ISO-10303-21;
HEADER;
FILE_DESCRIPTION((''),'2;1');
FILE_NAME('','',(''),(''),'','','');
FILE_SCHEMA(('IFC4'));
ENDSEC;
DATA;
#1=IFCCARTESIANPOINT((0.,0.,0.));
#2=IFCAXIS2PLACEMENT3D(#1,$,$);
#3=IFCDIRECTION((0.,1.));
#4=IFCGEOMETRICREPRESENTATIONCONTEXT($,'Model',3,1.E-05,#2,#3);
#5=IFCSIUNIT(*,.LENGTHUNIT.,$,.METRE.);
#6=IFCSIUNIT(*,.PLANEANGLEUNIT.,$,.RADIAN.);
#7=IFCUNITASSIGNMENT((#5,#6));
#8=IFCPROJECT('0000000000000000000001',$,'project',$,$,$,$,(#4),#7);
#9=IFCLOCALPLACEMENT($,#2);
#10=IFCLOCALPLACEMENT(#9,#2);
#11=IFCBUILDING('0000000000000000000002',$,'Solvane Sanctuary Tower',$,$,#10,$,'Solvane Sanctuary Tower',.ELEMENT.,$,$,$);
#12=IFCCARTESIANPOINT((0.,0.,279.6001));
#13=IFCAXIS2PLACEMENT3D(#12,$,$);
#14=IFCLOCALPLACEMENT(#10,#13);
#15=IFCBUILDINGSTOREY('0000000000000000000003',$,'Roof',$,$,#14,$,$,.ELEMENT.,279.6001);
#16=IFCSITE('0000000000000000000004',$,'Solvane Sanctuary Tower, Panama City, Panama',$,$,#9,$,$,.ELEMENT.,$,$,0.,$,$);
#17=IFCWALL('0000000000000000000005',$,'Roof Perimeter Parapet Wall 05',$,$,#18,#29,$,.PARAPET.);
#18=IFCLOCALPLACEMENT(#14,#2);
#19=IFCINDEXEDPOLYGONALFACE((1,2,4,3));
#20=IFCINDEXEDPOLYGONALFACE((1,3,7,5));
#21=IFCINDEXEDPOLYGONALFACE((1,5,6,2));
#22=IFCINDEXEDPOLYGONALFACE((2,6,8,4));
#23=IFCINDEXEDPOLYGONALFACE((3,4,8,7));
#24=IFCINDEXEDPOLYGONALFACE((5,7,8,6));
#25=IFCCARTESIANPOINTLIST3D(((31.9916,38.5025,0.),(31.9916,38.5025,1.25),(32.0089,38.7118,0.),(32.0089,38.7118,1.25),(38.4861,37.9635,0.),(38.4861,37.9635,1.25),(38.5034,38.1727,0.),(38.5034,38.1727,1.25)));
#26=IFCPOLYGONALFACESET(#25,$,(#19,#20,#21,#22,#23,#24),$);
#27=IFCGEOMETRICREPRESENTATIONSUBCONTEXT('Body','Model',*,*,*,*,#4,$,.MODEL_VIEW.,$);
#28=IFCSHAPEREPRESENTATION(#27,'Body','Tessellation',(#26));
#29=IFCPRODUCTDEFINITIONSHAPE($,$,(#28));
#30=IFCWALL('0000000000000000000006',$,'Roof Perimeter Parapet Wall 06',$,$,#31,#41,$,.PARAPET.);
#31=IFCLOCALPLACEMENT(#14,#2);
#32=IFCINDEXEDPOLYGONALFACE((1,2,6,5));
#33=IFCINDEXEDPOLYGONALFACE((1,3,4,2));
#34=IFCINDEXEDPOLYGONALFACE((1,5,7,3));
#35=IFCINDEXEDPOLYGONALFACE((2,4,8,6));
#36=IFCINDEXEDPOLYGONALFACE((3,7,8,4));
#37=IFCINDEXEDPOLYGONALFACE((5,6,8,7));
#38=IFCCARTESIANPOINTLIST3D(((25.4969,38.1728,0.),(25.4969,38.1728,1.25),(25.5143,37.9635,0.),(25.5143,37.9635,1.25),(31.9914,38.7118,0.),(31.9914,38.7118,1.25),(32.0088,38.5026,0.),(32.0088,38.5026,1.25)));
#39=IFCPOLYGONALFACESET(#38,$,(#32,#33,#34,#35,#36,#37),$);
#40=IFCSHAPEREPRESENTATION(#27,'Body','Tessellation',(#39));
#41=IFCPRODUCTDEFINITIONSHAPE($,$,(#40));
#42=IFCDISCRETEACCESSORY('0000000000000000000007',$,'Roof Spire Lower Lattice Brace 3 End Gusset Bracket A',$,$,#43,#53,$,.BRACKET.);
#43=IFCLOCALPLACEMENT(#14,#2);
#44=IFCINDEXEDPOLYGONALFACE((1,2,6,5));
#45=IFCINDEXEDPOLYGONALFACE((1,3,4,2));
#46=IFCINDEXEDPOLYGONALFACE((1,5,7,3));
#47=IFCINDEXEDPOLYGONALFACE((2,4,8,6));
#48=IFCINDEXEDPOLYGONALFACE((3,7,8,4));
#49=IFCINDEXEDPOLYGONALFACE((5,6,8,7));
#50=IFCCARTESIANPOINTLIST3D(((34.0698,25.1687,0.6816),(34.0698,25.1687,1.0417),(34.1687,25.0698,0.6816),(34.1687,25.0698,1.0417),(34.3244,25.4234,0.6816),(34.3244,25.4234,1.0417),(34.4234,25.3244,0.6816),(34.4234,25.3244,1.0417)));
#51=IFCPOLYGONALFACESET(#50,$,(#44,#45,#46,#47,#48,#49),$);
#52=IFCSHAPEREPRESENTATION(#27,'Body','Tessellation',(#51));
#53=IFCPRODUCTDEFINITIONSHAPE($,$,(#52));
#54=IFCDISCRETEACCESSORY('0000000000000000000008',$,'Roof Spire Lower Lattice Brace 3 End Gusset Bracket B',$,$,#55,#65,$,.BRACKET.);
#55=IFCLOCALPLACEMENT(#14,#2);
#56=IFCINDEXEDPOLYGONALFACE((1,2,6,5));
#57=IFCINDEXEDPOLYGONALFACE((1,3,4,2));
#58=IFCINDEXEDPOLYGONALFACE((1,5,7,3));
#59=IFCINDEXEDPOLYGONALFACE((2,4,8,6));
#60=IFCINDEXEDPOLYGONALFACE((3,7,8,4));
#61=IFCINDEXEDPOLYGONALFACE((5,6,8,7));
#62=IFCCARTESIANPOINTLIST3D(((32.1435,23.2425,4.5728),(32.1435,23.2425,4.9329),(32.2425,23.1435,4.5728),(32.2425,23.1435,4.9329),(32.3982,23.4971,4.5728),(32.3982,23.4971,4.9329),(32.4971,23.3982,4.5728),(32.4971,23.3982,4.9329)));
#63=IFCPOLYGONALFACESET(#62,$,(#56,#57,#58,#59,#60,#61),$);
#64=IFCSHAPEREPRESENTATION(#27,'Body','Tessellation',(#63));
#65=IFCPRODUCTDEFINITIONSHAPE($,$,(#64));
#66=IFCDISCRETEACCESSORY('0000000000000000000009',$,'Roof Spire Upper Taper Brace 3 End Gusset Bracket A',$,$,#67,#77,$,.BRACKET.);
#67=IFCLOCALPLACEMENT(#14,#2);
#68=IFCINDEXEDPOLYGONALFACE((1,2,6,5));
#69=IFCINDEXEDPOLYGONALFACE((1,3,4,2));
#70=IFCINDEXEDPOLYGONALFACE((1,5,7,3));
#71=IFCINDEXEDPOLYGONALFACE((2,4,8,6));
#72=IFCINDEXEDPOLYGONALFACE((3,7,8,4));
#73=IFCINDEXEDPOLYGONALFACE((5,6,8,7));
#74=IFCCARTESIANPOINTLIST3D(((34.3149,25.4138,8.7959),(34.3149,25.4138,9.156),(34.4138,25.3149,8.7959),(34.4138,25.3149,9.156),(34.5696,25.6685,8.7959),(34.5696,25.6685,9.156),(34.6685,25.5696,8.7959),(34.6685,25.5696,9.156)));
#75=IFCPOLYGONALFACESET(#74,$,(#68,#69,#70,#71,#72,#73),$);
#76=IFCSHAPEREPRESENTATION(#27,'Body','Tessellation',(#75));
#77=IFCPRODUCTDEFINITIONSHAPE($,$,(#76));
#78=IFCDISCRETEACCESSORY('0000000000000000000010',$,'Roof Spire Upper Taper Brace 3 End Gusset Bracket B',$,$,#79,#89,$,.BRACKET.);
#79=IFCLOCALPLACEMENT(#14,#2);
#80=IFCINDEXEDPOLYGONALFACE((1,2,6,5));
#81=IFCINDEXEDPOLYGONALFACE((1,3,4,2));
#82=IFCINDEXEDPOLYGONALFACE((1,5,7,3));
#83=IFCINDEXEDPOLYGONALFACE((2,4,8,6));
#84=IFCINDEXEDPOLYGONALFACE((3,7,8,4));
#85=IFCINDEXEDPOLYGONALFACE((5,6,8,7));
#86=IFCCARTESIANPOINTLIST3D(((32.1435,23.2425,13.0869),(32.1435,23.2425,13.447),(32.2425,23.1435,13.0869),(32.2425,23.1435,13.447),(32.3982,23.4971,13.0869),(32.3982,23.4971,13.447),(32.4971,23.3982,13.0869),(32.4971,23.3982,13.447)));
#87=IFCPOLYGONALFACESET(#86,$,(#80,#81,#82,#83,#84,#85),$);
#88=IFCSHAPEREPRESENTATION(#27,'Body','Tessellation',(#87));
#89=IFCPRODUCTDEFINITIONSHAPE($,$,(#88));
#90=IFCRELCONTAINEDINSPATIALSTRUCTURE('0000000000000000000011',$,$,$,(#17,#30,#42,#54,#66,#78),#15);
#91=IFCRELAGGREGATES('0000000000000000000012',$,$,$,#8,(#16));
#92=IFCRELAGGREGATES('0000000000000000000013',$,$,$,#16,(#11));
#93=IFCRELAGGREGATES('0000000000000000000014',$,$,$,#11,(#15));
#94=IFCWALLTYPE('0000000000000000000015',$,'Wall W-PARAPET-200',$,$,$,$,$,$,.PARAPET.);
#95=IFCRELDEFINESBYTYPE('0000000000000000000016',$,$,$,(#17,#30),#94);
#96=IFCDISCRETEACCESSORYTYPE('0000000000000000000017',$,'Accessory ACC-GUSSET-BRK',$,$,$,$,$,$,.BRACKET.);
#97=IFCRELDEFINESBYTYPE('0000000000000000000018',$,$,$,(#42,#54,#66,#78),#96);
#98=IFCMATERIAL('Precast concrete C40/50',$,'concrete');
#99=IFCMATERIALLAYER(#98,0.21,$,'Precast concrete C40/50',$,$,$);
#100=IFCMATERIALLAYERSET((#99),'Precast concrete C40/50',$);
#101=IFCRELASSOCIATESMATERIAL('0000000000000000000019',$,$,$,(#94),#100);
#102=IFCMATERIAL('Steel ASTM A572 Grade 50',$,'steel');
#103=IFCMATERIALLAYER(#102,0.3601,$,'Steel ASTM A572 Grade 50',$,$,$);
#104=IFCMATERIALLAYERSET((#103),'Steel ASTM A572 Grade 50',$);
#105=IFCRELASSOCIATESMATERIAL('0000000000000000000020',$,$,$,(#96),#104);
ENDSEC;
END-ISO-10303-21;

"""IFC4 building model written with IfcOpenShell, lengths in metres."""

from ifc_helpers import new_model, si_unit, direction, frame, frame_2d, origin, origin_2d, place, context, subcontext, project, spatial, rectangle, extrude, material, layer, layer_set, type_object, element, save


model = new_model("IFC4")

# Units and contexts
model_context = context("Model", 3, precision=1e-05, world=origin(), true_north=direction((0.0, 1.0)))
body_context = subcontext(model_context, "Body", "Model", "MODEL_VIEW")
ifc_project = project(units=[si_unit("LENGTHUNIT", "METRE"), si_unit("PLANEANGLEUNIT", "RADIAN")], contexts=[model_context])

# Site, building, storey
site_placement = place(None, origin())
site = spatial("IfcSite", under=ifc_project, at=site_placement, Name="Solvane Sanctuary Tower, Panama City, Panama", CompositionType="ELEMENT", RefElevation=0.0)
building_placement = place(site_placement, origin())
building = spatial("IfcBuilding", under=site, at=building_placement, Name="Solvane Sanctuary Tower", LongName="Solvane Sanctuary Tower", CompositionType="ELEMENT")
storey_placement = place(building_placement, frame((0.0, 0.0, 279.6001)))
storey = spatial("IfcBuildingStorey", under=building, at=storey_placement, Name="Roof", CompositionType="ELEMENT", Elevation=279.6001)

# Shared definitions
ifc_material_1 = material(Name="Steel ASTM A572 Grade 50", Category="steel")

# Walls
ifc_material_2 = material(Name="Precast concrete C40/50", Category="concrete")
ifc_layer_1 = layer(ifc_material_2, 0.21, Name="Precast concrete C40/50")
ifc_layer_set_1 = layer_set([ifc_layer_1], Name="Precast concrete C40/50")
wall_type = type_object("IfcWallType", Name="Wall W-PARAPET-200", PredefinedType="PARAPET", material=ifc_layer_set_1)
for number, where, z_axis, x_axis, name in (
    (1, (38.4946, 38.0681, 0.0), (0.0, 0.0, 1.0), (-0.996573, 0.082717, 0.0), "Roof Perimeter Parapet Wall 05"),
    (2, (32.0, 38.6072, 0.0), (0.0, 0.0, 1.0), (-0.996573, -0.082717, 0.0), "Roof Perimeter Parapet Wall 06"),
):
    element("IfcWall", number, at=place(storey_placement, frame(where, z_axis=z_axis, x_axis=x_axis)), inside=storey, type_object=wall_type, Name=name, PredefinedType="PARAPET", context=body_context, shape_type="SweptSolid", body=[
        extrude(rectangle(XDim=6.5168, YDim=0.21, at=frame_2d((3.2583, 0.0))), origin(), (0.0, 0.0, 1.0), 1.25),
    ])

# Discrete accessories
ifc_layer_2 = layer(ifc_material_1, 0.3601, Name="Steel ASTM A572 Grade 50")
ifc_layer_set_2 = layer_set([ifc_layer_2], Name="Steel ASTM A572 Grade 50")
discrete_accessory_type = type_object("IfcDiscreteAccessoryType", Name="Accessory ACC-GUSSET-BRK", PredefinedType="BRACKET", material=ifc_layer_set_2)
for number, where, z_axis, x_axis, name in (
    (3, (34.2466, 25.2466, 0.6816), (0.0, 0.0, 1.0), (-0.707107, -0.707107, 0.0), "Roof Spire Lower Lattice Brace 3 End Gusset Bracket A"),
    (4, (32.3203, 23.3203, 4.5728), (0.0, 0.0, 1.0), (-0.707107, -0.707107, 0.0), "Roof Spire Lower Lattice Brace 3 End Gusset Bracket B"),
    (5, (34.4917, 25.4917, 8.7959), (0.0, 0.0, 1.0), (-0.707107, -0.707107, 0.0), "Roof Spire Upper Taper Brace 3 End Gusset Bracket A"),
    (6, (32.3203, 23.3203, 13.0869), (0.0, 0.0, 1.0), (-0.707107, -0.707107, 0.0), "Roof Spire Upper Taper Brace 3 End Gusset Bracket B"),
):
    element("IfcDiscreteAccessory", number, at=place(storey_placement, frame(where, z_axis=z_axis, x_axis=x_axis)), inside=storey, type_object=discrete_accessory_type, Name=name, PredefinedType="BRACKET", context=body_context, shape_type="SweptSolid", body=[
        extrude(rectangle(XDim=0.3601, YDim=0.1399, at=origin_2d()), origin(), (0.0, 0.0, 1.0), 0.3601),
    ])

save(model, "model.ifc")
